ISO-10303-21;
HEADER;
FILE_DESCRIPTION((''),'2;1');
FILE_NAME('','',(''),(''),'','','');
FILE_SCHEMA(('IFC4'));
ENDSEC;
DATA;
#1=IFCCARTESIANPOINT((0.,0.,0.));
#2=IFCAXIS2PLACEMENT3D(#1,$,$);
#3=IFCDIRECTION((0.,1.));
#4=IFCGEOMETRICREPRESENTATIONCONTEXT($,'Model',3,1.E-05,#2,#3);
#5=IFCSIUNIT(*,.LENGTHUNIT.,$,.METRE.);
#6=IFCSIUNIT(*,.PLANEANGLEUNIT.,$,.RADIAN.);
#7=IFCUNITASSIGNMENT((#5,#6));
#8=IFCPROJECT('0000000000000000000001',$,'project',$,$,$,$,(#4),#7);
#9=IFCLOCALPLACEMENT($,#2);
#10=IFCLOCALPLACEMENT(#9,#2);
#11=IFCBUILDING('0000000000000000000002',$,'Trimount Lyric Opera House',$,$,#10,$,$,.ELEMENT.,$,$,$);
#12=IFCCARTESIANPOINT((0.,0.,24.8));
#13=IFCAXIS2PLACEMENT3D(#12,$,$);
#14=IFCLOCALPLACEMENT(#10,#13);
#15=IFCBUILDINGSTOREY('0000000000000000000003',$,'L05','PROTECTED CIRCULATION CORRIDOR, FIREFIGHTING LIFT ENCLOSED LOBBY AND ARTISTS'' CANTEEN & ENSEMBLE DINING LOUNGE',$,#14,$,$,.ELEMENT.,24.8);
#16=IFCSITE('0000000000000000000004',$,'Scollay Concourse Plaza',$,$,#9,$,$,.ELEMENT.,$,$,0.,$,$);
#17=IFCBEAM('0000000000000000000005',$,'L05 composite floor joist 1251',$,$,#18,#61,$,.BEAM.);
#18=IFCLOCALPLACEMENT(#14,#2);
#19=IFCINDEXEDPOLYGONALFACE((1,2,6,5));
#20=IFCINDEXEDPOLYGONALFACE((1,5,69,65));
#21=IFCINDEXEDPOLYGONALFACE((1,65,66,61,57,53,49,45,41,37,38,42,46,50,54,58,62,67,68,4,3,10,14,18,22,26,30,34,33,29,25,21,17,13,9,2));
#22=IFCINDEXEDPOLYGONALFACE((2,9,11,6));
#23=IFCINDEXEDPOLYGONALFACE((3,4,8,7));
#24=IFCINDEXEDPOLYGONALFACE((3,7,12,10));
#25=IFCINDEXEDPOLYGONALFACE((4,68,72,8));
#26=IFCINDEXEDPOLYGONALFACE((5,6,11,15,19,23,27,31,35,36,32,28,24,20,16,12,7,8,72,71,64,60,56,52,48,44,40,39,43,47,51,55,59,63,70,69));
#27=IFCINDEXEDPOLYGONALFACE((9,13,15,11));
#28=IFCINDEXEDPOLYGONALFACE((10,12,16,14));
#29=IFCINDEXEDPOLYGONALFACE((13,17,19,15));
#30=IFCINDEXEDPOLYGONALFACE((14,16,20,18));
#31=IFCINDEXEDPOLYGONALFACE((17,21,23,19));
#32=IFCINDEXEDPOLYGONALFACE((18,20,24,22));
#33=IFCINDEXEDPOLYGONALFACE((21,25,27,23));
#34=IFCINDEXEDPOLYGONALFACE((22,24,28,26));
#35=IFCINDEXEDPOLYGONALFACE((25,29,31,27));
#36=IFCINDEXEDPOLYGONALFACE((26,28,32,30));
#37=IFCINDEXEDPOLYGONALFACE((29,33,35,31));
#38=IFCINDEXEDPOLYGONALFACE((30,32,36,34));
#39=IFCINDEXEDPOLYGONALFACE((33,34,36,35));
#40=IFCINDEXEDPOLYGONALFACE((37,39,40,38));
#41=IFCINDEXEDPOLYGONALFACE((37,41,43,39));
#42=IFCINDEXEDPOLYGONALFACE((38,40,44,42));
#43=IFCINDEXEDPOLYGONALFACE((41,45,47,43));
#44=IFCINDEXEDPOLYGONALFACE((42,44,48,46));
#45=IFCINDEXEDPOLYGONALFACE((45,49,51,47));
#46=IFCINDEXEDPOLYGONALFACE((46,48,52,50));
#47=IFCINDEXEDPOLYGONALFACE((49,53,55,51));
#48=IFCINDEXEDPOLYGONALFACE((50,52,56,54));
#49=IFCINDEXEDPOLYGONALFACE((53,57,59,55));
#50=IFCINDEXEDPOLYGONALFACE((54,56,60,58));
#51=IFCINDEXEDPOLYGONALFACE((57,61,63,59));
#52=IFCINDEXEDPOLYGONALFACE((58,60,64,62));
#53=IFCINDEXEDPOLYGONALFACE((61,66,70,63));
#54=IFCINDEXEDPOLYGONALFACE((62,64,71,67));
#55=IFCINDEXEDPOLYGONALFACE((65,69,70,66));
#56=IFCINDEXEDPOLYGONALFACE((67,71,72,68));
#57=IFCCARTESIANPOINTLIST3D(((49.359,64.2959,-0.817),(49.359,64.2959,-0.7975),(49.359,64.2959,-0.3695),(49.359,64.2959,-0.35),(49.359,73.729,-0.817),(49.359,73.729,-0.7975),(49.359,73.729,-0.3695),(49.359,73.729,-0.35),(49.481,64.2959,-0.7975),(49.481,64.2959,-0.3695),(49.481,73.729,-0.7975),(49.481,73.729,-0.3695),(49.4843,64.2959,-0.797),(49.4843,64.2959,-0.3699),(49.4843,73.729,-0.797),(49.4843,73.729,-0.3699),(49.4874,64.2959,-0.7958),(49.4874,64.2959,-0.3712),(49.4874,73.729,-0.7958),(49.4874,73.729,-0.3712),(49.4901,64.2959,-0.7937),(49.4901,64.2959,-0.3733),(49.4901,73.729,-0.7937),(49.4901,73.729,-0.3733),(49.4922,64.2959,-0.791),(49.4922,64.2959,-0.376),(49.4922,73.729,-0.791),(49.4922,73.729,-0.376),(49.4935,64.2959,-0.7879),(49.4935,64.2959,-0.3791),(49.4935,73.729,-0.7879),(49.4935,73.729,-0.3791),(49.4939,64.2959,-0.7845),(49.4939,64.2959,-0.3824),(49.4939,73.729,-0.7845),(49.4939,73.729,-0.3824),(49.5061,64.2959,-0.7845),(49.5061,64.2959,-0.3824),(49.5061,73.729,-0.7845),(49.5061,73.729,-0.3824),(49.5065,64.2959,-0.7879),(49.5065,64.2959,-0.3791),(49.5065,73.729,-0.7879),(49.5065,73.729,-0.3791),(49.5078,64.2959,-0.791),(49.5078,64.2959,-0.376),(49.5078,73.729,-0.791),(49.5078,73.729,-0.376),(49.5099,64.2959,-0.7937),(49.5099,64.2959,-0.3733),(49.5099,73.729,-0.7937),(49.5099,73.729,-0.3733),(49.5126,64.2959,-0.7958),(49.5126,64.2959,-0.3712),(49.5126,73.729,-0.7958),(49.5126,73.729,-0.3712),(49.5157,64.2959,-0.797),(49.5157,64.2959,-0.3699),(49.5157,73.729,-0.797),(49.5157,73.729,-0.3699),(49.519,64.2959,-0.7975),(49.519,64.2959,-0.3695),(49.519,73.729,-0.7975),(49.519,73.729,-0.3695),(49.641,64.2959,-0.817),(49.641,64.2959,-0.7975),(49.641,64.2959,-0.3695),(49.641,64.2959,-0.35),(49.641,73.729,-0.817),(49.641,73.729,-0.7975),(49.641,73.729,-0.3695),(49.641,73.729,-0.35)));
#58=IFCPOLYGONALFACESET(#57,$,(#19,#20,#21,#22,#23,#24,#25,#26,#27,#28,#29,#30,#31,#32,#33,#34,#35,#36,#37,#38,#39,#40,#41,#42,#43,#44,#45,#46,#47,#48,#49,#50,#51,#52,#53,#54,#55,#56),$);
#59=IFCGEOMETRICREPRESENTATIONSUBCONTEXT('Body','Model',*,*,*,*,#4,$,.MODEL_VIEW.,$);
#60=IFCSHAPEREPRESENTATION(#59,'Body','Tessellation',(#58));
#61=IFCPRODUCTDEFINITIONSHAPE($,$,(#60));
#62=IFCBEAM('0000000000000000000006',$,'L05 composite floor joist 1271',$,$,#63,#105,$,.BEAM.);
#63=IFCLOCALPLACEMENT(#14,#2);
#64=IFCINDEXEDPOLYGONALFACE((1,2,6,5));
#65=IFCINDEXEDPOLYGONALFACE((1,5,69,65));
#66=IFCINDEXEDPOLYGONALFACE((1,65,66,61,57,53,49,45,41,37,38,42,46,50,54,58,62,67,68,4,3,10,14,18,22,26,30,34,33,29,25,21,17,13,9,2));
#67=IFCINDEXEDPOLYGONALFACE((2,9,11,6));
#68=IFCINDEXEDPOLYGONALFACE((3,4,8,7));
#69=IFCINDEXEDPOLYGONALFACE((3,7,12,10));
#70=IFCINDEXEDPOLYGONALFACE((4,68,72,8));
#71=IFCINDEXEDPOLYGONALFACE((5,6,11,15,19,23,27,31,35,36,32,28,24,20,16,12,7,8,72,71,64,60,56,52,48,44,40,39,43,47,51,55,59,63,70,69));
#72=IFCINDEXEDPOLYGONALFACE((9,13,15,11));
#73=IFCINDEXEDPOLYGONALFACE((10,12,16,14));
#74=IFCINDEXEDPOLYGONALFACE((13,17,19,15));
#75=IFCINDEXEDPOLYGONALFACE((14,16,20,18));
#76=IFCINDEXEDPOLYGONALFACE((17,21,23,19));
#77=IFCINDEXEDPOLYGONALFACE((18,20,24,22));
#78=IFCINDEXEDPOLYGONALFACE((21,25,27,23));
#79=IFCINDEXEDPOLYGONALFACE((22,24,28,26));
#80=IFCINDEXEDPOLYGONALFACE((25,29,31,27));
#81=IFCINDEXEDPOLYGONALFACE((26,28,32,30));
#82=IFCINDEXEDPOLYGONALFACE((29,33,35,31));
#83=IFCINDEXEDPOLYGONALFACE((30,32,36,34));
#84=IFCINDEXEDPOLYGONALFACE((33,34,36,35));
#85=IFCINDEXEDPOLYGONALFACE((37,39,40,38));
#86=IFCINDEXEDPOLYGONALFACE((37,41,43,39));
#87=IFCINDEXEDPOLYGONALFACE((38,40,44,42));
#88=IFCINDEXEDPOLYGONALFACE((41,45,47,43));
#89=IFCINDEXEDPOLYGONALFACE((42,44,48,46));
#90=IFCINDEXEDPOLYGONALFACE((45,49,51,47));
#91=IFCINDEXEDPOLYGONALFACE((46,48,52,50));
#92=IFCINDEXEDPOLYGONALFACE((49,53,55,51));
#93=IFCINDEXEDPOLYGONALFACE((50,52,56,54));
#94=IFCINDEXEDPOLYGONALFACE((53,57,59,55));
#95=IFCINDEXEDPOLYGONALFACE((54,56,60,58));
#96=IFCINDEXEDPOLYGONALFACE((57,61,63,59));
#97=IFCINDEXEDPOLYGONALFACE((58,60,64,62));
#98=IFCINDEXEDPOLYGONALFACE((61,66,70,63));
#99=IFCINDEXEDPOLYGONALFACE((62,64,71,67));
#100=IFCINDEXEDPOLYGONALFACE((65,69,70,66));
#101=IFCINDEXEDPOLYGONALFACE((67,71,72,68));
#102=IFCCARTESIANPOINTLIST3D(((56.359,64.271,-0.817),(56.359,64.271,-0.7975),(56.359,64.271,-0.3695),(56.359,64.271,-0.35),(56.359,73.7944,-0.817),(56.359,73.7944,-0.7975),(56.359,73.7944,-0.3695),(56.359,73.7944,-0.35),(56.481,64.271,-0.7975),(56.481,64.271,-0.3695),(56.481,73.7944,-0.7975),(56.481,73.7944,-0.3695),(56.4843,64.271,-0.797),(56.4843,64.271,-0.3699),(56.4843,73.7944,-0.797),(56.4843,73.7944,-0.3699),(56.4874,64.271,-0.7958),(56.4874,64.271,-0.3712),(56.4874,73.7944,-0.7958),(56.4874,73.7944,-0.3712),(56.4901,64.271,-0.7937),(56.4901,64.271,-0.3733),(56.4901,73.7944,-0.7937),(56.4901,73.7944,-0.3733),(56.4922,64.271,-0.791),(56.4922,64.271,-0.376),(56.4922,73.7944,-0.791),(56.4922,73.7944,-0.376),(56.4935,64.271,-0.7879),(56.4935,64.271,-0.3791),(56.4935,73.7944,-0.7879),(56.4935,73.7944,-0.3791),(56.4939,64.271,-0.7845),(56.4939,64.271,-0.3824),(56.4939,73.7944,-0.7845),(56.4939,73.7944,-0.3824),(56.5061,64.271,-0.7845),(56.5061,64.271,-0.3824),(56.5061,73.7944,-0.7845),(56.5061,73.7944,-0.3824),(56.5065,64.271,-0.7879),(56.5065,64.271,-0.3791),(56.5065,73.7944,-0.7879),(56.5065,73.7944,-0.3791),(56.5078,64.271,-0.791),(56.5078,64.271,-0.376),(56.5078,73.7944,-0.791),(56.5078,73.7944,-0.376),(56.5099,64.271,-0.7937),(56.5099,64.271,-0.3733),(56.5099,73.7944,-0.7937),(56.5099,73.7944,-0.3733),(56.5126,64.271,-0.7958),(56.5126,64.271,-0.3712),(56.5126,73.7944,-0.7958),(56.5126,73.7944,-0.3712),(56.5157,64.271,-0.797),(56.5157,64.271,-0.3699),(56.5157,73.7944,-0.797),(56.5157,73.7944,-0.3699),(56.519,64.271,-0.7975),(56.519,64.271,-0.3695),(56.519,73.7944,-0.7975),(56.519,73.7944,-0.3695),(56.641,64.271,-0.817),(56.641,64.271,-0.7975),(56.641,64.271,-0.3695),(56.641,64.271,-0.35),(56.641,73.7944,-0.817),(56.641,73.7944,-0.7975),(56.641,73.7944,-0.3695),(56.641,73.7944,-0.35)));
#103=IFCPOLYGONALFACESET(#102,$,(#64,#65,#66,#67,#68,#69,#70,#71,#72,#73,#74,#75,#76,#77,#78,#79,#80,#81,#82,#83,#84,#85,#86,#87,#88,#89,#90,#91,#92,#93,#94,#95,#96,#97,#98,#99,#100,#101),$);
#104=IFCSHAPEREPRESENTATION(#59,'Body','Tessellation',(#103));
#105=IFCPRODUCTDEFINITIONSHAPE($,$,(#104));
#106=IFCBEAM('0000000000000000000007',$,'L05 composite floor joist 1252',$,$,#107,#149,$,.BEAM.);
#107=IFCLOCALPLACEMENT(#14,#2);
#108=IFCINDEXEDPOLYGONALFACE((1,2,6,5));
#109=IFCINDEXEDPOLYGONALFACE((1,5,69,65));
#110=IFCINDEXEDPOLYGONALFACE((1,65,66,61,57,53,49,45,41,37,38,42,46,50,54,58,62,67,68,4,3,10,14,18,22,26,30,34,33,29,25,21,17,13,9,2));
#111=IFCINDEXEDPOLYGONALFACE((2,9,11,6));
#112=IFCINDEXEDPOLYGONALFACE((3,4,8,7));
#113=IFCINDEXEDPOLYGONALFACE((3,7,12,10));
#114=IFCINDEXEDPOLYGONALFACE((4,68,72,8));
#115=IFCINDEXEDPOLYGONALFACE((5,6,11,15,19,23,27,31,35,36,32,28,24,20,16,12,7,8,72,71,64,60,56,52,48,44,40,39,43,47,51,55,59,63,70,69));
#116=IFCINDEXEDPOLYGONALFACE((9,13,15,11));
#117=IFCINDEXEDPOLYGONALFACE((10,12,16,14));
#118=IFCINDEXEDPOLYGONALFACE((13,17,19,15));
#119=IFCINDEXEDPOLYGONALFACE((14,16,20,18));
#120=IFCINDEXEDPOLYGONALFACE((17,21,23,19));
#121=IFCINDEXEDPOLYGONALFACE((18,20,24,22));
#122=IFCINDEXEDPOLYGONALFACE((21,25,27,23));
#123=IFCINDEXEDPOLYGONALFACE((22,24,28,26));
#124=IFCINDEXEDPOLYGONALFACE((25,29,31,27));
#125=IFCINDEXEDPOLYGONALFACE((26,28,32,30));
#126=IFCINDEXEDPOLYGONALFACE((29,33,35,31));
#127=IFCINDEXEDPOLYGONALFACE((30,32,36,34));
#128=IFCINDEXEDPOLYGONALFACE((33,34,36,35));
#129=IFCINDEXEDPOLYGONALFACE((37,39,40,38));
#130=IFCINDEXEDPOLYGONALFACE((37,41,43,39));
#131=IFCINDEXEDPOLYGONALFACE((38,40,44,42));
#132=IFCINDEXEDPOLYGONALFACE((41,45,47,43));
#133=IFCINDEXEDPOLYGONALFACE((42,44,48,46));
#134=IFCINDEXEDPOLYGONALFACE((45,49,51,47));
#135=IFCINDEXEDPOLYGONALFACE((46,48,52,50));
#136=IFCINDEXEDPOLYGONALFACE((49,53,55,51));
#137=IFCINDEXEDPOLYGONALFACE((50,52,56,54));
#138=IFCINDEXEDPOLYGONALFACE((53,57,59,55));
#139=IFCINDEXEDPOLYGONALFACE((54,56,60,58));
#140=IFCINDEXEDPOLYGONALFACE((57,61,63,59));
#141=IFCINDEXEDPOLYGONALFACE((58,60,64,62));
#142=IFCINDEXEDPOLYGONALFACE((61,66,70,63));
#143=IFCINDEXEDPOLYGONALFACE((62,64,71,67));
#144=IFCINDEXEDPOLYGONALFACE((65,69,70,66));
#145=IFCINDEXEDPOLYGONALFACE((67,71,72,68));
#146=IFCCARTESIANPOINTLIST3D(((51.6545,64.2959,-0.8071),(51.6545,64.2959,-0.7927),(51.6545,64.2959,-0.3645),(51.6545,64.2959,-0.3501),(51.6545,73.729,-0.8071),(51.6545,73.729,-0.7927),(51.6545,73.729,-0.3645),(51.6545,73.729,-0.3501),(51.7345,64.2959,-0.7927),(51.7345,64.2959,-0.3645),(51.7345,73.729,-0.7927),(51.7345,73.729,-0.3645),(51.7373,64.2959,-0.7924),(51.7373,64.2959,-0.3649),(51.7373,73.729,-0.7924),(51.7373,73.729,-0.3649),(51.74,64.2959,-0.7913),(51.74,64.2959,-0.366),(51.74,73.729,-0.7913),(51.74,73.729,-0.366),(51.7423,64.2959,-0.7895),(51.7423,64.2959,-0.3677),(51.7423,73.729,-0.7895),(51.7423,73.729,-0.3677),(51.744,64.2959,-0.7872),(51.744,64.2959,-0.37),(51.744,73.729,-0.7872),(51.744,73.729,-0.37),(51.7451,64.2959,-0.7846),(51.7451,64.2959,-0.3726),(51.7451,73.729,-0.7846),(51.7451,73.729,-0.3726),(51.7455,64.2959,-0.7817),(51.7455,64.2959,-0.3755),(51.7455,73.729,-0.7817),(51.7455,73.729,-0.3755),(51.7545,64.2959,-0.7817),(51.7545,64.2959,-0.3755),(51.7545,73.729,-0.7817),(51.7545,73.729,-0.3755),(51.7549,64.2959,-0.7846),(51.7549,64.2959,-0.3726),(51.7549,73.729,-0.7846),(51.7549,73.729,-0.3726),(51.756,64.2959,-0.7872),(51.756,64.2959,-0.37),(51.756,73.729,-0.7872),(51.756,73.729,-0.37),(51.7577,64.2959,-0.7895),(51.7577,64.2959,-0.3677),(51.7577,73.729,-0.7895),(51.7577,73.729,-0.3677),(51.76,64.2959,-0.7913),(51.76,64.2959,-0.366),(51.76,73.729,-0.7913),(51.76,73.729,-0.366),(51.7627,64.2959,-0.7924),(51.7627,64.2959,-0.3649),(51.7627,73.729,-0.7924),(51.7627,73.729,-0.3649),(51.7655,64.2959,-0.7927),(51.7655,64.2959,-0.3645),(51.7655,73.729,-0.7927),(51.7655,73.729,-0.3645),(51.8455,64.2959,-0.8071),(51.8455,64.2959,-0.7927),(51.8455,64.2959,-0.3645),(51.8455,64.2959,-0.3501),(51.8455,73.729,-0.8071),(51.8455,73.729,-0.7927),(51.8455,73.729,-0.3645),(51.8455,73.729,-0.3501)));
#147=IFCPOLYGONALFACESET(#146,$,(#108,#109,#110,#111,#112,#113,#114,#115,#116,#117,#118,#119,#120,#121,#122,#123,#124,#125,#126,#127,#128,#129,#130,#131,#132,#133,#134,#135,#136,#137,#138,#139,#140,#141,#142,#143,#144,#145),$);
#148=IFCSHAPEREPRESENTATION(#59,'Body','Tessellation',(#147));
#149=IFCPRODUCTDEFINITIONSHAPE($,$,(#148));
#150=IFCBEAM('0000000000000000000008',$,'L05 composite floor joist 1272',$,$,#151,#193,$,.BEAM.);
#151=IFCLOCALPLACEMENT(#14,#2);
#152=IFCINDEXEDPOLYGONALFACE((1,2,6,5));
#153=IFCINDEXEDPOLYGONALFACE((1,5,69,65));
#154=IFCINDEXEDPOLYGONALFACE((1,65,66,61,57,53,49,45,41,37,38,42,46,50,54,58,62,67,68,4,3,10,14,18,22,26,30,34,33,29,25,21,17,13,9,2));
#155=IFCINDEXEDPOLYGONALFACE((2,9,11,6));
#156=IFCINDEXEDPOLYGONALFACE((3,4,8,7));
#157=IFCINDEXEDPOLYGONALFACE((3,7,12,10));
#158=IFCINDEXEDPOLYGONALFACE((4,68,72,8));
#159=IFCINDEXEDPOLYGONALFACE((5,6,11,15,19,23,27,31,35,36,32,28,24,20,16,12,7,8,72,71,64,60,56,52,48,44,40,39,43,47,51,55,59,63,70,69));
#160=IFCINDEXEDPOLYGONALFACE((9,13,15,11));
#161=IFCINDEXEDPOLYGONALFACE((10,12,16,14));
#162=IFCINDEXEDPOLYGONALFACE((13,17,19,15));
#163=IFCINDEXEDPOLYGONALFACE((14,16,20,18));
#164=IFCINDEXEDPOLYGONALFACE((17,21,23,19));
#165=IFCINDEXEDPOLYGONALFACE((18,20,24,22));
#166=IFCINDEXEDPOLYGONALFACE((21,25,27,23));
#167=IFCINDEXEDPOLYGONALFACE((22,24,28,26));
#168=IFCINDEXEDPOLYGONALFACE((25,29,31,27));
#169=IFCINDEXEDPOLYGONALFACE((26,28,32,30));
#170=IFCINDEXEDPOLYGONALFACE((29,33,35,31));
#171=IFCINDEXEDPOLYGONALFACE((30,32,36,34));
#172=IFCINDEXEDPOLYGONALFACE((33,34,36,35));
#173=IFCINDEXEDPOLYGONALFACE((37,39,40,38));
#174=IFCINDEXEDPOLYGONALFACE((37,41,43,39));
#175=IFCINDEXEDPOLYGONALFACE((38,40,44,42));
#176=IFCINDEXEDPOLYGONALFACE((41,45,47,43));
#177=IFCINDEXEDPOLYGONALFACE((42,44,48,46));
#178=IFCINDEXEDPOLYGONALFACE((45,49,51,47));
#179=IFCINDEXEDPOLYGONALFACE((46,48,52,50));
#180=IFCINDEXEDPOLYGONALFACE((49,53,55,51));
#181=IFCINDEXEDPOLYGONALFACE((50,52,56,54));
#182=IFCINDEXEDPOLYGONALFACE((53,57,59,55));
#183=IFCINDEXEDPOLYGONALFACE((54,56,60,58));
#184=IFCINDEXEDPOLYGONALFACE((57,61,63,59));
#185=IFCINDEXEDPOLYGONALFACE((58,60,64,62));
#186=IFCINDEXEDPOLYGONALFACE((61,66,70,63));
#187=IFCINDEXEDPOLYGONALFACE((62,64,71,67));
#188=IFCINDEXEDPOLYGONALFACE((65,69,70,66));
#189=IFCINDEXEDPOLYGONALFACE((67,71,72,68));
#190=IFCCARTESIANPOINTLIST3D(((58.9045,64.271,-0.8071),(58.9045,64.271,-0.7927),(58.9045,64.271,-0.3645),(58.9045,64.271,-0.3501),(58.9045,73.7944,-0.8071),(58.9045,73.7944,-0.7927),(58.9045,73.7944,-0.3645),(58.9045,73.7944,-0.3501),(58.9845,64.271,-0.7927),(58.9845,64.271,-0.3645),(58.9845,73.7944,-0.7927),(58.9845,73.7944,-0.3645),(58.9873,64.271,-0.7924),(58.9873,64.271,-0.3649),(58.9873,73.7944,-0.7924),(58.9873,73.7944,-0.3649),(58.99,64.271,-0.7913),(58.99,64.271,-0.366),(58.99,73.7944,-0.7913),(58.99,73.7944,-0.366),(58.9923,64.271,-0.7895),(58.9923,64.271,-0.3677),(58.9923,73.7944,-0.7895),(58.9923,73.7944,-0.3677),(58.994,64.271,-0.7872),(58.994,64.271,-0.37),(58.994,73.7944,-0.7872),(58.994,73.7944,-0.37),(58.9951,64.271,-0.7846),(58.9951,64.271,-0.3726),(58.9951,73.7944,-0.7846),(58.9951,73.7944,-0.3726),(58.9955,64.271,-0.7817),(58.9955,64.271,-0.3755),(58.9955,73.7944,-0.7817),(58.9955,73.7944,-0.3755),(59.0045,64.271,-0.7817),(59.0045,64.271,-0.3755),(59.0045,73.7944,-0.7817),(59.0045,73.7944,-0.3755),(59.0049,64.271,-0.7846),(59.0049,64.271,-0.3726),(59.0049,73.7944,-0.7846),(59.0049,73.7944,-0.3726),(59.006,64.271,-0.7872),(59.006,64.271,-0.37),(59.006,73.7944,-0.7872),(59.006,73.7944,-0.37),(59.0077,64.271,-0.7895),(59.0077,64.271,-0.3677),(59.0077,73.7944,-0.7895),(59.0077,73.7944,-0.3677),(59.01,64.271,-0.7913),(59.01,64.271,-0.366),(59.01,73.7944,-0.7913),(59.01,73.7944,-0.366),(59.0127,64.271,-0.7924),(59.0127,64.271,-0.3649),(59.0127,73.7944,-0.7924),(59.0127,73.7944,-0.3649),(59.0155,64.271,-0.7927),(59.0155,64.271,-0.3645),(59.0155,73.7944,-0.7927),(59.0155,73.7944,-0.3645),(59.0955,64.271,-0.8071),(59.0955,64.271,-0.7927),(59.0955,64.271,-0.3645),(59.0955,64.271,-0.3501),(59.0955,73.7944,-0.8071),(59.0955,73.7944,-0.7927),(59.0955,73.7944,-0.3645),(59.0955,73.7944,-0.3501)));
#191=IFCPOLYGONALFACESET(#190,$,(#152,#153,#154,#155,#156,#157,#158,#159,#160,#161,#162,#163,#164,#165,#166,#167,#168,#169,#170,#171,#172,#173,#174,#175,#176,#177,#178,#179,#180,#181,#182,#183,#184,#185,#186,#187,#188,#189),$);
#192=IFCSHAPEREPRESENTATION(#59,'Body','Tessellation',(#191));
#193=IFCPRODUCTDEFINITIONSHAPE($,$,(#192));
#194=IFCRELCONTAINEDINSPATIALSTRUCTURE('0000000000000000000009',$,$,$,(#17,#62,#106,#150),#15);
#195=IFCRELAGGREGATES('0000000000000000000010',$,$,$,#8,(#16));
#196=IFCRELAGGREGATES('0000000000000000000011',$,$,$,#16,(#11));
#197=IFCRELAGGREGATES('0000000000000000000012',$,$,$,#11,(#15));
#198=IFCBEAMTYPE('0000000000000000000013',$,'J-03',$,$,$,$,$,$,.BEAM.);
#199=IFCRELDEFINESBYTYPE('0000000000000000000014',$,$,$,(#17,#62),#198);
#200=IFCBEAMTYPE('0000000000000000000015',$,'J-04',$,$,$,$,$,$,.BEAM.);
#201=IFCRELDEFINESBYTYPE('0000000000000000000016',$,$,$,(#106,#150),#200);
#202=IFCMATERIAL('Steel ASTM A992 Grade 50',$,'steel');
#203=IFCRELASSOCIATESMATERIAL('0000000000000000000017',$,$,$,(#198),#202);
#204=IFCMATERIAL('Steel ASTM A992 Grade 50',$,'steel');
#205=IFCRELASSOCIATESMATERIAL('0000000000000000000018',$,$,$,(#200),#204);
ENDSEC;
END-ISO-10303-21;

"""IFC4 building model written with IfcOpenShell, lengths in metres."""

from ifc_helpers import new_model, si_unit, direction, frame, origin, origin_2d, place, context, subcontext, project, spatial, i_section, extrude, material, material_profile, profile_set, type_object, element, save


model = new_model("IFC4")

# Units and contexts
model_context = context("Model", 3, precision=1e-05, world=origin(), true_north=direction((0.0, 1.0)))
body_context = subcontext(model_context, "Body", "Model", "MODEL_VIEW")
ifc_project = project(units=[si_unit("LENGTHUNIT", "METRE"), si_unit("PLANEANGLEUNIT", "RADIAN")], contexts=[model_context])

# Site, building, storey
site_placement = place(None, origin())
site = spatial("IfcSite", under=ifc_project, at=site_placement, Name="Scollay Concourse Plaza", CompositionType="ELEMENT", RefElevation=0.0)
building_placement = place(site_placement, origin())
building = spatial("IfcBuilding", under=site, at=building_placement, Name="Trimount Lyric Opera House", CompositionType="ELEMENT")
storey_placement = place(building_placement, frame((0.0, 0.0, 24.8)))
storey = spatial("IfcBuildingStorey", under=building, at=storey_placement, Name="L05", Description="PROTECTED CIRCULATION CORRIDOR, FIREFIGHTING LIFT ENCLOSED LOBBY AND ARTISTS' CANTEEN & ENSEMBLE DINING LOUNGE", CompositionType="ELEMENT", Elevation=24.8)

# Beams
ifc_material_1 = material(Name="Steel ASTM A992 Grade 50", Category="steel")
ifc_material_profile_1 = material_profile(ifc_material_1, i_section(OverallWidth=0.282, OverallDepth=0.467, WebThickness=0.0122, FlangeThickness=0.0195, FilletRadius=0.0129, at=origin_2d()), Name="W18X86")
ifc_profile_set_1 = profile_set([ifc_material_profile_1], Name="Steel ASTM A992 Grade 50")
beam_type_1 = type_object("IfcBeamType", Name="J-03", PredefinedType="BEAM", material=ifc_profile_set_1)
beam_1_placement = place(storey_placement, frame((49.5, 64.2959, -0.5835), z_axis=(0.0, 1.0, 0.0), x_axis=(-1.0, 0.0, 0.0)))
element("IfcBeam", 1, at=beam_1_placement, inside=storey, type_object=beam_type_1, Name="L05 composite floor joist 1251", PredefinedType="BEAM", context=body_context, shape_type="SweptSolid", body=[
    extrude(i_section(OverallWidth=0.282, OverallDepth=0.467, WebThickness=0.0122, FlangeThickness=0.0195, FilletRadius=0.0129, at=origin_2d()), origin(), (0.0, 0.0, 1.0), 9.4331),
])
beam_2_placement = place(storey_placement, frame((56.5, 64.271, -0.5835), z_axis=(0.0, 1.0, 0.0), x_axis=(-1.0, 0.0, 0.0)))
element("IfcBeam", 2, at=beam_2_placement, inside=storey, type_object=beam_type_1, Name="L05 composite floor joist 1271", PredefinedType="BEAM", context=body_context, shape_type="SweptSolid", body=[
    extrude(i_section(OverallWidth=0.282, OverallDepth=0.467, WebThickness=0.0122, FlangeThickness=0.0195, FilletRadius=0.0129, at=origin_2d()), origin(), (0.0, 0.0, 1.0), 9.5234),
])
ifc_material_2 = material(Name="Steel ASTM A992 Grade 50", Category="steel")
ifc_material_profile_2 = material_profile(ifc_material_2, i_section(OverallWidth=0.1909, OverallDepth=0.457, WebThickness=0.009, FlangeThickness=0.0144, FilletRadius=0.011, at=origin_2d()), Name="W18X50")
ifc_profile_set_2 = profile_set([ifc_material_profile_2], Name="Steel ASTM A992 Grade 50")
beam_type_2 = type_object("IfcBeamType", Name="J-04", PredefinedType="BEAM", material=ifc_profile_set_2)
beam_3_placement = place(storey_placement, frame((51.75, 64.2959, -0.5786), z_axis=(0.0, 1.0, 0.0), x_axis=(-1.0, 0.0, 0.0)))
element("IfcBeam", 3, at=beam_3_placement, inside=storey, type_object=beam_type_2, Name="L05 composite floor joist 1252", PredefinedType="BEAM", context=body_context, shape_type="SweptSolid", body=[
    extrude(i_section(OverallWidth=0.1909, OverallDepth=0.457, WebThickness=0.009, FlangeThickness=0.0144, FilletRadius=0.011, at=origin_2d()), origin(), (0.0, 0.0, 1.0), 9.4331),
])
beam_4_placement = place(storey_placement, frame((59.0, 64.271, -0.5786), z_axis=(0.0, 1.0, 0.0), x_axis=(-1.0, 0.0, 0.0)))
element("IfcBeam", 4, at=beam_4_placement, inside=storey, type_object=beam_type_2, Name="L05 composite floor joist 1272", PredefinedType="BEAM", context=body_context, shape_type="SweptSolid", body=[
    extrude(i_section(OverallWidth=0.1909, OverallDepth=0.457, WebThickness=0.009, FlangeThickness=0.0144, FilletRadius=0.011, at=origin_2d()), origin(), (0.0, 0.0, 1.0), 9.5234),
])

save(model, "model.ifc")
